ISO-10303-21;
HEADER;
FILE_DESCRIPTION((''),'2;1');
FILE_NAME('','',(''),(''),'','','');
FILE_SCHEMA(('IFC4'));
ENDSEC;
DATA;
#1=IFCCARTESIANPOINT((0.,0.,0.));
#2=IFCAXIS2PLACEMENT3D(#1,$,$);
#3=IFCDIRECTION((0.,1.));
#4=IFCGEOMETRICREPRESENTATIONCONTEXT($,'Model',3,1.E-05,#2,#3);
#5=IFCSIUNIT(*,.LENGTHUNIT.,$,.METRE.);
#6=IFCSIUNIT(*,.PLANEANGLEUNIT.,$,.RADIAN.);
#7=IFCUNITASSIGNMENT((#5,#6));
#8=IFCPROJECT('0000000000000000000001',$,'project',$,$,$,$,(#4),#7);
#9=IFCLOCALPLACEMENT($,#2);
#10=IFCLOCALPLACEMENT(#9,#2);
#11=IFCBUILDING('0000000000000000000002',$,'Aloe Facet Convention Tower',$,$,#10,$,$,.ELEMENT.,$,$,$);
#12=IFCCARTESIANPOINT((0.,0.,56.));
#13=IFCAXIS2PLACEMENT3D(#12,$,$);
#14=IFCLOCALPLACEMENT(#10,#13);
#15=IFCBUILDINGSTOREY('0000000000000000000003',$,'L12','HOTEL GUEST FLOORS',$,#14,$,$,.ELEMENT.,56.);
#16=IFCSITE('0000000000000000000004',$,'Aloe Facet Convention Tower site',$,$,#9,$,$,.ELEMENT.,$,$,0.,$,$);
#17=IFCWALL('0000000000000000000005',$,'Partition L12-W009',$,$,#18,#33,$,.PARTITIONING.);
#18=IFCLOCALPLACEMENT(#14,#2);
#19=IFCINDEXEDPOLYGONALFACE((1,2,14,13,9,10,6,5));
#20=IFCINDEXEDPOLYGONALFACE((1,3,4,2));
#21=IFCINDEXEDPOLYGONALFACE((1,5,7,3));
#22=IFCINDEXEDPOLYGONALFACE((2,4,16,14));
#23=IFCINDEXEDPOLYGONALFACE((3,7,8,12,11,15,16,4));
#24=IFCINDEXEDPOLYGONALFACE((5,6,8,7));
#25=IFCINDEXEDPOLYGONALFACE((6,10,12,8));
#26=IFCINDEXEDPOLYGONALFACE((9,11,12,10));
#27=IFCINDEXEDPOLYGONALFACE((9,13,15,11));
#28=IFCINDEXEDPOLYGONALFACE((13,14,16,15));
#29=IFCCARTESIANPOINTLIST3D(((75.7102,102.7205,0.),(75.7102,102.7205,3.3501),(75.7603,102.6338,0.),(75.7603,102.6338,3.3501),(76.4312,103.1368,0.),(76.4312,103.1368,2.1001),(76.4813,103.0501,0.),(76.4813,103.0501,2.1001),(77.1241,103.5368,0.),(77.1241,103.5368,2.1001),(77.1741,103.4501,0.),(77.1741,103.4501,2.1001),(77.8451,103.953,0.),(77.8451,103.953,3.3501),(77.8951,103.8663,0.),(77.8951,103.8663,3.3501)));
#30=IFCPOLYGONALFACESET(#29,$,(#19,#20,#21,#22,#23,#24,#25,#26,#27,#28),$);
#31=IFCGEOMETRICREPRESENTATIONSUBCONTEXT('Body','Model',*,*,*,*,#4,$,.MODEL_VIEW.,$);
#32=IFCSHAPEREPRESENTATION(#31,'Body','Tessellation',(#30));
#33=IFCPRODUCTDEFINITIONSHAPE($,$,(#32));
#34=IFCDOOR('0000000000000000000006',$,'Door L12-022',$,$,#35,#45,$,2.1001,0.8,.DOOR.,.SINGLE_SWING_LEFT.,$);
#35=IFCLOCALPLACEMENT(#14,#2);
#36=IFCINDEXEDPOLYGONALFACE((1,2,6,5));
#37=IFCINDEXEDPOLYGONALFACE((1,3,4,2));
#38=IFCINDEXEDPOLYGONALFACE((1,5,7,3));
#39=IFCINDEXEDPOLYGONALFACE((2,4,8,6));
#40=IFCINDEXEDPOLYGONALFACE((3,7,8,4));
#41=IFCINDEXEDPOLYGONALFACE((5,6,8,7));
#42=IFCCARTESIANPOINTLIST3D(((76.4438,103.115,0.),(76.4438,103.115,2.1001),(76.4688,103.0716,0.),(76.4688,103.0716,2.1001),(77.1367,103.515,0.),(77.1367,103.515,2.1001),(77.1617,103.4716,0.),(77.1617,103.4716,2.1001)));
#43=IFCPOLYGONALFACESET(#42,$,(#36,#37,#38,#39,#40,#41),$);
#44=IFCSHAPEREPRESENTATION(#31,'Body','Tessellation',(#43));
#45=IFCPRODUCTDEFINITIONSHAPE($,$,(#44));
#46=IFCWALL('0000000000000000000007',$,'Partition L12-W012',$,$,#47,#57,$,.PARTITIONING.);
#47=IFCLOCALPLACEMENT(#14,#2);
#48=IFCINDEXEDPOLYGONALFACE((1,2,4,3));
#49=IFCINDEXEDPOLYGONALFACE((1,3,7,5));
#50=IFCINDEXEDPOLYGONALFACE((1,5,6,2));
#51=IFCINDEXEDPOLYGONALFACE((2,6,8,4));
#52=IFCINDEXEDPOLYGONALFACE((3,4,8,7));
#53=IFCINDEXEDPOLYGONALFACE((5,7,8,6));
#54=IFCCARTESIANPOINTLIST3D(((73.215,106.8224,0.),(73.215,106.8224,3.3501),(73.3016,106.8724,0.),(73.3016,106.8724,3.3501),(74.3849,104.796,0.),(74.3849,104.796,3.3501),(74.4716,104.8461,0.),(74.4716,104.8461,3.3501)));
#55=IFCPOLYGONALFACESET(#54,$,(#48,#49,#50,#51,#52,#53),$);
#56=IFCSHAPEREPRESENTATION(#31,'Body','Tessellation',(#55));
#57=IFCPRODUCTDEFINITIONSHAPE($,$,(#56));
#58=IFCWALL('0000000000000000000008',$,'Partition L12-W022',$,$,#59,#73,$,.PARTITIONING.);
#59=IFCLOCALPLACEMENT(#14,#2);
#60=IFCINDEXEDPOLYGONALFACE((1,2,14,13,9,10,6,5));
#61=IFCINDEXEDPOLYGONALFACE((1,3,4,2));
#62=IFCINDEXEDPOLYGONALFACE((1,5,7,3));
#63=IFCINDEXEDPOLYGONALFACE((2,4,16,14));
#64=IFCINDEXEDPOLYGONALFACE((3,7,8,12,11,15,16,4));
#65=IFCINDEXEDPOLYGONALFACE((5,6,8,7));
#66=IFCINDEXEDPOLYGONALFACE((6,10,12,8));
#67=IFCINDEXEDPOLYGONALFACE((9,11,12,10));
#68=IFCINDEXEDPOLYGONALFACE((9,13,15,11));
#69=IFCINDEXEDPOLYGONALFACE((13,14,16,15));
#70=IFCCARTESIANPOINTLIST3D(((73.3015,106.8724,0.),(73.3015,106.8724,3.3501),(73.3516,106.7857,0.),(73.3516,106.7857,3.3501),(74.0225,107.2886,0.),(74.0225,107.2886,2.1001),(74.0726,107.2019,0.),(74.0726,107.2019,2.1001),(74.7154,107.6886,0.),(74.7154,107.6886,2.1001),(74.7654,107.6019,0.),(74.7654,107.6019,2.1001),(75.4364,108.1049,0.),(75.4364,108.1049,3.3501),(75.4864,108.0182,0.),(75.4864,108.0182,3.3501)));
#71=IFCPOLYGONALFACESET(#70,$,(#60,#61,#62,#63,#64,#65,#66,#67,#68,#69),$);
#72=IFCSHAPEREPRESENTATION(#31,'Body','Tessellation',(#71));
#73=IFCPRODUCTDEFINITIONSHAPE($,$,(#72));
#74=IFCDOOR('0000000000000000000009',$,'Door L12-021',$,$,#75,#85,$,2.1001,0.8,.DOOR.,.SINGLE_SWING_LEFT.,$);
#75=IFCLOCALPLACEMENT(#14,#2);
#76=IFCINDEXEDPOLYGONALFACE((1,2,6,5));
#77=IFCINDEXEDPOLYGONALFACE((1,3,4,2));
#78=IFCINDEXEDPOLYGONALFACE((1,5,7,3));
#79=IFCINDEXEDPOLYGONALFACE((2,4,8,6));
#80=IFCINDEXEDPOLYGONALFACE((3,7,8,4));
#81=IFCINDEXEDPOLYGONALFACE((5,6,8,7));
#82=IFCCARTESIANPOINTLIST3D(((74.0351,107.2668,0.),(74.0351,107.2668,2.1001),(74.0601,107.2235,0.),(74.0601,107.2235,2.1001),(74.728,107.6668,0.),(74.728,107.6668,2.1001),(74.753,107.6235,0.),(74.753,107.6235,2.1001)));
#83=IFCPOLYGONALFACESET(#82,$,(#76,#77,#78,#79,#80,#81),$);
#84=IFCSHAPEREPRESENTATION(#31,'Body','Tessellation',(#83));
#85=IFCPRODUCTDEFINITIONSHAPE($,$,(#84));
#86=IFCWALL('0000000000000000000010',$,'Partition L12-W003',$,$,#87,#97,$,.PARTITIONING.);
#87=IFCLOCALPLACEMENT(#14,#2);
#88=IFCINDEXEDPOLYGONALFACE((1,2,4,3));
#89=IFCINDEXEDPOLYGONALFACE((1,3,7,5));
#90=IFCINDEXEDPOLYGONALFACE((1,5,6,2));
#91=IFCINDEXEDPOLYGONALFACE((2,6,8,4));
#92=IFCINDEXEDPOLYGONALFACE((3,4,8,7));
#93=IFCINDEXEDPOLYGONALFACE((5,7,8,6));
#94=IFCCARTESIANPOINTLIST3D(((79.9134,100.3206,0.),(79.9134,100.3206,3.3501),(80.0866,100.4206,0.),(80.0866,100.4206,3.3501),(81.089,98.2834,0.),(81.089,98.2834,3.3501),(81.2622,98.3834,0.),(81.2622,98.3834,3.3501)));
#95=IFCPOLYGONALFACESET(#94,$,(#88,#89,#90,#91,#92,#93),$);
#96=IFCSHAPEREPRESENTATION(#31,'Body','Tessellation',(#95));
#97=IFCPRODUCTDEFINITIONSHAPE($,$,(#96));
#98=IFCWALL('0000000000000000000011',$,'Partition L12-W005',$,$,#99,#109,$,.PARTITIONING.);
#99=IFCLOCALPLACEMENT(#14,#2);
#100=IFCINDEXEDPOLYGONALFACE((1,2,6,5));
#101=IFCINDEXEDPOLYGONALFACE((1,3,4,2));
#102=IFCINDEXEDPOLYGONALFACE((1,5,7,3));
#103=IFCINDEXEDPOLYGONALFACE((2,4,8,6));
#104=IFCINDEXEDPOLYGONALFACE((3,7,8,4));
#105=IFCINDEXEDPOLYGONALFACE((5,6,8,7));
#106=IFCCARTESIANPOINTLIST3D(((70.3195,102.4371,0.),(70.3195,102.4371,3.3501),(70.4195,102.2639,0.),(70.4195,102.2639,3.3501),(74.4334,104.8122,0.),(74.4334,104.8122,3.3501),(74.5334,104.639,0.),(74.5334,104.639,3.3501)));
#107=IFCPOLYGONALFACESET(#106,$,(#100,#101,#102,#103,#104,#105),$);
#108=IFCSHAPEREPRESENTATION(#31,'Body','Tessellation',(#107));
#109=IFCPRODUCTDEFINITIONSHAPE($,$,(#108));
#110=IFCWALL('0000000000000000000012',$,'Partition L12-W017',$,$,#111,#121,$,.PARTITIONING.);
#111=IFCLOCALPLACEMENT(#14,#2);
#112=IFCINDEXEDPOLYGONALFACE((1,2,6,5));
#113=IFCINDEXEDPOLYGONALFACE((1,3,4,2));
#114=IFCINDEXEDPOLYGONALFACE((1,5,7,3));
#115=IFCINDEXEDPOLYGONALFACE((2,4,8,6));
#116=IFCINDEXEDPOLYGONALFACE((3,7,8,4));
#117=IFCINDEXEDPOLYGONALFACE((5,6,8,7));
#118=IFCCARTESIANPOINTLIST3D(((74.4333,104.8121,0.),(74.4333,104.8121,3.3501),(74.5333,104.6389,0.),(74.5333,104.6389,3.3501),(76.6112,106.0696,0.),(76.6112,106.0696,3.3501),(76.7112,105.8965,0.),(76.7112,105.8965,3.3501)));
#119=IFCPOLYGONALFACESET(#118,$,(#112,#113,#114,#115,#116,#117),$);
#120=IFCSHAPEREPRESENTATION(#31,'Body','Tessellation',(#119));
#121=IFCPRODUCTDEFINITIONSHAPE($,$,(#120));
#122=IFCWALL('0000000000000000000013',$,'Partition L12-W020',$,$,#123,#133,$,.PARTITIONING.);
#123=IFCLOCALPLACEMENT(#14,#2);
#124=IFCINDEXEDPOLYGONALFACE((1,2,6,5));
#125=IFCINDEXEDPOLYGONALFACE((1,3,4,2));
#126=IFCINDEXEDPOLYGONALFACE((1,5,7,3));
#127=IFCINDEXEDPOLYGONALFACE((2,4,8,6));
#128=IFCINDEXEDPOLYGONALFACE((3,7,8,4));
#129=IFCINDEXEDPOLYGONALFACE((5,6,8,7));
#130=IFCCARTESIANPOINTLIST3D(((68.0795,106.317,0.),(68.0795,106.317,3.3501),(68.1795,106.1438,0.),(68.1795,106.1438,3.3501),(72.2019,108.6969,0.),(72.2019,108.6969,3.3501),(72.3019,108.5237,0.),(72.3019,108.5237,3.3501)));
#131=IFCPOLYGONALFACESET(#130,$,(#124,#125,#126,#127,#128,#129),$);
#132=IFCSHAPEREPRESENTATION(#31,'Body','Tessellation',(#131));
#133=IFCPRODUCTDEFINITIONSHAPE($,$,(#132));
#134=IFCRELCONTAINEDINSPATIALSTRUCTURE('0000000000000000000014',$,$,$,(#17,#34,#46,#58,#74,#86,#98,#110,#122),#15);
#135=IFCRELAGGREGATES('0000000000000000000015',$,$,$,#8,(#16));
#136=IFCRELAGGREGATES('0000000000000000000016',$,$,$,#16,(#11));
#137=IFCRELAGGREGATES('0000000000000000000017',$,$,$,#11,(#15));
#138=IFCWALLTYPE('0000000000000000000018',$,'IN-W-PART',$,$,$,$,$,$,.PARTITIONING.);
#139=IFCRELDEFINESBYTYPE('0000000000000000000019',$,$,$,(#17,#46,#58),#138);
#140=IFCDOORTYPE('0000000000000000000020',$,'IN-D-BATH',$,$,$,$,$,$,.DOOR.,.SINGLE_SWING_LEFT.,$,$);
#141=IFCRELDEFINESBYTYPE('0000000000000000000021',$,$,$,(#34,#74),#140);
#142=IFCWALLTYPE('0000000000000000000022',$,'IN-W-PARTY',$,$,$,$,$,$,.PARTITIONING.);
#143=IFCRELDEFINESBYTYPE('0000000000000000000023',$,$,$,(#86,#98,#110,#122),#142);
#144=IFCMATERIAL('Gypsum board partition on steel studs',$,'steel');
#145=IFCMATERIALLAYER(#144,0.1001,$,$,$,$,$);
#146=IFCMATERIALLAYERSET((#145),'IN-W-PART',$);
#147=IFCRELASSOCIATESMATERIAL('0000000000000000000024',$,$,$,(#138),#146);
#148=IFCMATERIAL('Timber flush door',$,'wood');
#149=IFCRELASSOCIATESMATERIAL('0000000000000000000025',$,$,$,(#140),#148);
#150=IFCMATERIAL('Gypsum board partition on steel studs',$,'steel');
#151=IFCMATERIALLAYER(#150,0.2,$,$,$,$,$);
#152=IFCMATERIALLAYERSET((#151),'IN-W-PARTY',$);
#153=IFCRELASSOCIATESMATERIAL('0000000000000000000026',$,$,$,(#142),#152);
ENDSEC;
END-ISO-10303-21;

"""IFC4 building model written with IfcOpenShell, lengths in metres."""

from ifc_helpers import new_model, si_unit, direction, frame, frame_2d, origin, place, context, subcontext, project, spatial, rectangle, extrude, material, layer, layer_set, type_object, element, fill, save


model = new_model("IFC4")

# Units and contexts
model_context = context("Model", 3, precision=1e-05, world=origin(), true_north=direction((0.0, 1.0)))
body_context = subcontext(model_context, "Body", "Model", "MODEL_VIEW")
ifc_project = project(units=[si_unit("LENGTHUNIT", "METRE"), si_unit("PLANEANGLEUNIT", "RADIAN")], contexts=[model_context])

# Site, building, storey
site_placement = place(None, origin())
site = spatial("IfcSite", under=ifc_project, at=site_placement, Name="Aloe Facet Convention Tower site", CompositionType="ELEMENT", RefElevation=0.0)
building_placement = place(site_placement, origin())
building = spatial("IfcBuilding", under=site, at=building_placement, Name="Aloe Facet Convention Tower", CompositionType="ELEMENT")
storey_placement = place(building_placement, frame((0.0, 0.0, 56.0)))
storey = spatial("IfcBuildingStorey", under=building, at=storey_placement, Name="L12", Description="HOTEL GUEST FLOORS", CompositionType="ELEMENT", Elevation=56.0)

# Shared definitions
ifc_material_1 = material(Name="Gypsum board partition on steel studs", Category="steel")
ifc_layer_1 = layer(ifc_material_1, 0.1001)
ifc_layer_set_1 = layer_set([ifc_layer_1], Name="IN-W-PART")
wall_type_1 = type_object("IfcWallType", Name="IN-W-PART", PredefinedType="PARTITIONING", material=ifc_layer_set_1)

# Wall, opening, door
wall_1_placement = place(storey_placement, frame((75.7354, 102.6772, 0.0), z_axis=(0.0, 0.0, 1.0), x_axis=(0.86604, 0.499974, 0.0)))
wall_1 = element("IfcWall", 1, at=wall_1_placement, inside=storey, type_object=wall_type_1, Name="Partition L12-W009", PredefinedType="PARTITIONING", context=body_context, shape_type="SweptSolid", body=[
    extrude(rectangle(XDim=2.4651, YDim=0.1001, at=frame_2d((1.2324, 0.0))), origin(), (0.0, 0.0, 1.0), 3.3501),
])
opening_1_placement = place(wall_1_placement, frame((0.8325, 0.0, 0.0)))
opening_1 = element("IfcOpeningElement", 2, at=opening_1_placement, cuts=wall_1, PredefinedType="OPENING", context=body_context, shape_type="SweptSolid", body=[
    extrude(rectangle(XDim=0.8, YDim=2.1001, at=frame_2d((0.3999, 1.05))), frame((0.0, 0.0601, 0.0), z_axis=(0.0, -1.0, 0.0), x_axis=(1.0, 0.0, 0.0)), (0.0, 0.0, 1.0), 0.1201),
])
ifc_material_2 = material(Name="Timber flush door", Category="wood")
door_type_1 = type_object("IfcDoorType", Name="IN-D-BATH", OperationType="SINGLE_SWING_LEFT", PredefinedType="DOOR", material=ifc_material_2)
door_1_placement = place(opening_1_placement, origin())
door_1 = element("IfcDoor", 3, at=door_1_placement, inside=storey, type_object=door_type_1, Name="Door L12-022", OperationType="SINGLE_SWING_LEFT", OverallHeight=2.1001, OverallWidth=0.8, PredefinedType="DOOR", context=body_context, shape_type="SweptSolid", body=[
    extrude(rectangle(XDim=0.8, YDim=2.1001, at=frame_2d((0.3999, 1.05))), frame((0.0, 0.0249, 0.0), z_axis=(0.0, -1.0, 0.0), x_axis=(1.0, 0.0, 0.0)), (0.0, 0.0, 1.0), 0.05),
])
fill(opening_1, door_1)

# Wall
wall_2_placement = place(storey_placement, frame((73.2583, 106.8474, 0.0), z_axis=(0.0, 0.0, 1.0), x_axis=(0.499999, -0.866026, 0.0)))
element("IfcWall", 4, at=wall_2_placement, inside=storey, type_object=wall_type_1, Name="Partition L12-W012", PredefinedType="PARTITIONING", context=body_context, shape_type="SweptSolid", body=[
    extrude(rectangle(XDim=2.3398, YDim=0.1001, at=frame_2d((1.1699, 0.0))), origin(), (0.0, 0.0, 1.0), 3.3501),
])

# Wall, opening, door
wall_3_placement = place(storey_placement, frame((73.3267, 106.8291, 0.0), z_axis=(0.0, 0.0, 1.0), x_axis=(0.86604, 0.499974, 0.0)))
wall_3 = element("IfcWall", 5, at=wall_3_placement, inside=storey, type_object=wall_type_1, Name="Partition L12-W022", PredefinedType="PARTITIONING", context=body_context, shape_type="SweptSolid", body=[
    extrude(rectangle(XDim=2.4651, YDim=0.1001, at=frame_2d((1.2324, 0.0))), origin(), (0.0, 0.0, 1.0), 3.3501),
])
opening_2_placement = place(wall_3_placement, frame((0.8325, 0.0, 0.0)))
opening_2 = element("IfcOpeningElement", 6, at=opening_2_placement, cuts=wall_3, PredefinedType="OPENING", context=body_context, shape_type="SweptSolid", body=[
    extrude(rectangle(XDim=0.8, YDim=2.1001, at=frame_2d((0.3999, 1.05))), frame((0.0, 0.0601, 0.0), z_axis=(0.0, -1.0, 0.0), x_axis=(1.0, 0.0, 0.0)), (0.0, 0.0, 1.0), 0.1201),
])
door_2_placement = place(opening_2_placement, origin())
door_2 = element("IfcDoor", 7, at=door_2_placement, inside=storey, type_object=door_type_1, Name="Door L12-021", OperationType="SINGLE_SWING_LEFT", OverallHeight=2.1001, OverallWidth=0.8, PredefinedType="DOOR", context=body_context, shape_type="SweptSolid", body=[
    extrude(rectangle(XDim=0.8, YDim=2.1001, at=frame_2d((0.3999, 1.05))), frame((0.0, 0.0249, 0.0), z_axis=(0.0, -1.0, 0.0), x_axis=(1.0, 0.0, 0.0)), (0.0, 0.0, 1.0), 0.05),
])
fill(opening_2, door_2)

# Walls
ifc_material_3 = material(Name="Gypsum board partition on steel studs", Category="steel")
ifc_layer_2 = layer(ifc_material_3, 0.2)
ifc_layer_set_2 = layer_set([ifc_layer_2], Name="IN-W-PARTY")
wall_type_2 = type_object("IfcWallType", Name="IN-W-PARTY", PredefinedType="PARTITIONING", material=ifc_layer_set_2)
wall_4_placement = place(storey_placement, frame((80.0, 100.3706, 0.0), z_axis=(0.0, 0.0, 1.0), x_axis=(0.499812, -0.866134, 0.0)))
element("IfcWall", 8, at=wall_4_placement, inside=storey, type_object=wall_type_2, Name="Partition L12-W003", PredefinedType="PARTITIONING", context=body_context, shape_type="SweptSolid", body=[
    extrude(rectangle(XDim=2.3521, YDim=0.2, at=frame_2d((1.176, 0.0))), origin(), (0.0, 0.0, 1.0), 3.3501),
])
wall_5_placement = place(storey_placement, frame((70.3696, 102.3506, 0.0), z_axis=(0.0, 0.0, 1.0), x_axis=(0.866033, 0.499986, 0.0)))
element("IfcWall", 9, at=wall_5_placement, inside=storey, type_object=wall_type_2, Name="Partition L12-W005", PredefinedType="PARTITIONING", context=body_context, shape_type="SweptSolid", body=[
    extrude(rectangle(XDim=4.7502, YDim=0.2, at=frame_2d((2.375, 0.0))), origin(), (0.0, 0.0, 1.0), 3.3501),
])
wall_6_placement = place(storey_placement, frame((74.4834, 104.7256, 0.0), z_axis=(0.0, 0.0, 1.0), x_axis=(0.866006, 0.500033, 0.0)))
element("IfcWall", 10, at=wall_6_placement, inside=storey, type_object=wall_type_2, Name="Partition L12-W017", PredefinedType="PARTITIONING", context=body_context, shape_type="SweptSolid", body=[
    extrude(rectangle(XDim=2.5149, YDim=0.2, at=frame_2d((1.2573, 0.0))), origin(), (0.0, 0.0, 1.0), 3.3501),
])
wall_7_placement = place(storey_placement, frame((68.1296, 106.2305, 0.0), z_axis=(0.0, 0.0, 1.0), x_axis=(0.866038, 0.499978, 0.0)))
element("IfcWall", 11, at=wall_7_placement, inside=storey, type_object=wall_type_2, Name="Partition L12-W020", PredefinedType="PARTITIONING", context=body_context, shape_type="SweptSolid", body=[
    extrude(rectangle(XDim=4.76, YDim=0.2, at=frame_2d((2.3799, 0.0))), origin(), (0.0, 0.0, 1.0), 3.3501),
])

save(model, "model.ifc")
